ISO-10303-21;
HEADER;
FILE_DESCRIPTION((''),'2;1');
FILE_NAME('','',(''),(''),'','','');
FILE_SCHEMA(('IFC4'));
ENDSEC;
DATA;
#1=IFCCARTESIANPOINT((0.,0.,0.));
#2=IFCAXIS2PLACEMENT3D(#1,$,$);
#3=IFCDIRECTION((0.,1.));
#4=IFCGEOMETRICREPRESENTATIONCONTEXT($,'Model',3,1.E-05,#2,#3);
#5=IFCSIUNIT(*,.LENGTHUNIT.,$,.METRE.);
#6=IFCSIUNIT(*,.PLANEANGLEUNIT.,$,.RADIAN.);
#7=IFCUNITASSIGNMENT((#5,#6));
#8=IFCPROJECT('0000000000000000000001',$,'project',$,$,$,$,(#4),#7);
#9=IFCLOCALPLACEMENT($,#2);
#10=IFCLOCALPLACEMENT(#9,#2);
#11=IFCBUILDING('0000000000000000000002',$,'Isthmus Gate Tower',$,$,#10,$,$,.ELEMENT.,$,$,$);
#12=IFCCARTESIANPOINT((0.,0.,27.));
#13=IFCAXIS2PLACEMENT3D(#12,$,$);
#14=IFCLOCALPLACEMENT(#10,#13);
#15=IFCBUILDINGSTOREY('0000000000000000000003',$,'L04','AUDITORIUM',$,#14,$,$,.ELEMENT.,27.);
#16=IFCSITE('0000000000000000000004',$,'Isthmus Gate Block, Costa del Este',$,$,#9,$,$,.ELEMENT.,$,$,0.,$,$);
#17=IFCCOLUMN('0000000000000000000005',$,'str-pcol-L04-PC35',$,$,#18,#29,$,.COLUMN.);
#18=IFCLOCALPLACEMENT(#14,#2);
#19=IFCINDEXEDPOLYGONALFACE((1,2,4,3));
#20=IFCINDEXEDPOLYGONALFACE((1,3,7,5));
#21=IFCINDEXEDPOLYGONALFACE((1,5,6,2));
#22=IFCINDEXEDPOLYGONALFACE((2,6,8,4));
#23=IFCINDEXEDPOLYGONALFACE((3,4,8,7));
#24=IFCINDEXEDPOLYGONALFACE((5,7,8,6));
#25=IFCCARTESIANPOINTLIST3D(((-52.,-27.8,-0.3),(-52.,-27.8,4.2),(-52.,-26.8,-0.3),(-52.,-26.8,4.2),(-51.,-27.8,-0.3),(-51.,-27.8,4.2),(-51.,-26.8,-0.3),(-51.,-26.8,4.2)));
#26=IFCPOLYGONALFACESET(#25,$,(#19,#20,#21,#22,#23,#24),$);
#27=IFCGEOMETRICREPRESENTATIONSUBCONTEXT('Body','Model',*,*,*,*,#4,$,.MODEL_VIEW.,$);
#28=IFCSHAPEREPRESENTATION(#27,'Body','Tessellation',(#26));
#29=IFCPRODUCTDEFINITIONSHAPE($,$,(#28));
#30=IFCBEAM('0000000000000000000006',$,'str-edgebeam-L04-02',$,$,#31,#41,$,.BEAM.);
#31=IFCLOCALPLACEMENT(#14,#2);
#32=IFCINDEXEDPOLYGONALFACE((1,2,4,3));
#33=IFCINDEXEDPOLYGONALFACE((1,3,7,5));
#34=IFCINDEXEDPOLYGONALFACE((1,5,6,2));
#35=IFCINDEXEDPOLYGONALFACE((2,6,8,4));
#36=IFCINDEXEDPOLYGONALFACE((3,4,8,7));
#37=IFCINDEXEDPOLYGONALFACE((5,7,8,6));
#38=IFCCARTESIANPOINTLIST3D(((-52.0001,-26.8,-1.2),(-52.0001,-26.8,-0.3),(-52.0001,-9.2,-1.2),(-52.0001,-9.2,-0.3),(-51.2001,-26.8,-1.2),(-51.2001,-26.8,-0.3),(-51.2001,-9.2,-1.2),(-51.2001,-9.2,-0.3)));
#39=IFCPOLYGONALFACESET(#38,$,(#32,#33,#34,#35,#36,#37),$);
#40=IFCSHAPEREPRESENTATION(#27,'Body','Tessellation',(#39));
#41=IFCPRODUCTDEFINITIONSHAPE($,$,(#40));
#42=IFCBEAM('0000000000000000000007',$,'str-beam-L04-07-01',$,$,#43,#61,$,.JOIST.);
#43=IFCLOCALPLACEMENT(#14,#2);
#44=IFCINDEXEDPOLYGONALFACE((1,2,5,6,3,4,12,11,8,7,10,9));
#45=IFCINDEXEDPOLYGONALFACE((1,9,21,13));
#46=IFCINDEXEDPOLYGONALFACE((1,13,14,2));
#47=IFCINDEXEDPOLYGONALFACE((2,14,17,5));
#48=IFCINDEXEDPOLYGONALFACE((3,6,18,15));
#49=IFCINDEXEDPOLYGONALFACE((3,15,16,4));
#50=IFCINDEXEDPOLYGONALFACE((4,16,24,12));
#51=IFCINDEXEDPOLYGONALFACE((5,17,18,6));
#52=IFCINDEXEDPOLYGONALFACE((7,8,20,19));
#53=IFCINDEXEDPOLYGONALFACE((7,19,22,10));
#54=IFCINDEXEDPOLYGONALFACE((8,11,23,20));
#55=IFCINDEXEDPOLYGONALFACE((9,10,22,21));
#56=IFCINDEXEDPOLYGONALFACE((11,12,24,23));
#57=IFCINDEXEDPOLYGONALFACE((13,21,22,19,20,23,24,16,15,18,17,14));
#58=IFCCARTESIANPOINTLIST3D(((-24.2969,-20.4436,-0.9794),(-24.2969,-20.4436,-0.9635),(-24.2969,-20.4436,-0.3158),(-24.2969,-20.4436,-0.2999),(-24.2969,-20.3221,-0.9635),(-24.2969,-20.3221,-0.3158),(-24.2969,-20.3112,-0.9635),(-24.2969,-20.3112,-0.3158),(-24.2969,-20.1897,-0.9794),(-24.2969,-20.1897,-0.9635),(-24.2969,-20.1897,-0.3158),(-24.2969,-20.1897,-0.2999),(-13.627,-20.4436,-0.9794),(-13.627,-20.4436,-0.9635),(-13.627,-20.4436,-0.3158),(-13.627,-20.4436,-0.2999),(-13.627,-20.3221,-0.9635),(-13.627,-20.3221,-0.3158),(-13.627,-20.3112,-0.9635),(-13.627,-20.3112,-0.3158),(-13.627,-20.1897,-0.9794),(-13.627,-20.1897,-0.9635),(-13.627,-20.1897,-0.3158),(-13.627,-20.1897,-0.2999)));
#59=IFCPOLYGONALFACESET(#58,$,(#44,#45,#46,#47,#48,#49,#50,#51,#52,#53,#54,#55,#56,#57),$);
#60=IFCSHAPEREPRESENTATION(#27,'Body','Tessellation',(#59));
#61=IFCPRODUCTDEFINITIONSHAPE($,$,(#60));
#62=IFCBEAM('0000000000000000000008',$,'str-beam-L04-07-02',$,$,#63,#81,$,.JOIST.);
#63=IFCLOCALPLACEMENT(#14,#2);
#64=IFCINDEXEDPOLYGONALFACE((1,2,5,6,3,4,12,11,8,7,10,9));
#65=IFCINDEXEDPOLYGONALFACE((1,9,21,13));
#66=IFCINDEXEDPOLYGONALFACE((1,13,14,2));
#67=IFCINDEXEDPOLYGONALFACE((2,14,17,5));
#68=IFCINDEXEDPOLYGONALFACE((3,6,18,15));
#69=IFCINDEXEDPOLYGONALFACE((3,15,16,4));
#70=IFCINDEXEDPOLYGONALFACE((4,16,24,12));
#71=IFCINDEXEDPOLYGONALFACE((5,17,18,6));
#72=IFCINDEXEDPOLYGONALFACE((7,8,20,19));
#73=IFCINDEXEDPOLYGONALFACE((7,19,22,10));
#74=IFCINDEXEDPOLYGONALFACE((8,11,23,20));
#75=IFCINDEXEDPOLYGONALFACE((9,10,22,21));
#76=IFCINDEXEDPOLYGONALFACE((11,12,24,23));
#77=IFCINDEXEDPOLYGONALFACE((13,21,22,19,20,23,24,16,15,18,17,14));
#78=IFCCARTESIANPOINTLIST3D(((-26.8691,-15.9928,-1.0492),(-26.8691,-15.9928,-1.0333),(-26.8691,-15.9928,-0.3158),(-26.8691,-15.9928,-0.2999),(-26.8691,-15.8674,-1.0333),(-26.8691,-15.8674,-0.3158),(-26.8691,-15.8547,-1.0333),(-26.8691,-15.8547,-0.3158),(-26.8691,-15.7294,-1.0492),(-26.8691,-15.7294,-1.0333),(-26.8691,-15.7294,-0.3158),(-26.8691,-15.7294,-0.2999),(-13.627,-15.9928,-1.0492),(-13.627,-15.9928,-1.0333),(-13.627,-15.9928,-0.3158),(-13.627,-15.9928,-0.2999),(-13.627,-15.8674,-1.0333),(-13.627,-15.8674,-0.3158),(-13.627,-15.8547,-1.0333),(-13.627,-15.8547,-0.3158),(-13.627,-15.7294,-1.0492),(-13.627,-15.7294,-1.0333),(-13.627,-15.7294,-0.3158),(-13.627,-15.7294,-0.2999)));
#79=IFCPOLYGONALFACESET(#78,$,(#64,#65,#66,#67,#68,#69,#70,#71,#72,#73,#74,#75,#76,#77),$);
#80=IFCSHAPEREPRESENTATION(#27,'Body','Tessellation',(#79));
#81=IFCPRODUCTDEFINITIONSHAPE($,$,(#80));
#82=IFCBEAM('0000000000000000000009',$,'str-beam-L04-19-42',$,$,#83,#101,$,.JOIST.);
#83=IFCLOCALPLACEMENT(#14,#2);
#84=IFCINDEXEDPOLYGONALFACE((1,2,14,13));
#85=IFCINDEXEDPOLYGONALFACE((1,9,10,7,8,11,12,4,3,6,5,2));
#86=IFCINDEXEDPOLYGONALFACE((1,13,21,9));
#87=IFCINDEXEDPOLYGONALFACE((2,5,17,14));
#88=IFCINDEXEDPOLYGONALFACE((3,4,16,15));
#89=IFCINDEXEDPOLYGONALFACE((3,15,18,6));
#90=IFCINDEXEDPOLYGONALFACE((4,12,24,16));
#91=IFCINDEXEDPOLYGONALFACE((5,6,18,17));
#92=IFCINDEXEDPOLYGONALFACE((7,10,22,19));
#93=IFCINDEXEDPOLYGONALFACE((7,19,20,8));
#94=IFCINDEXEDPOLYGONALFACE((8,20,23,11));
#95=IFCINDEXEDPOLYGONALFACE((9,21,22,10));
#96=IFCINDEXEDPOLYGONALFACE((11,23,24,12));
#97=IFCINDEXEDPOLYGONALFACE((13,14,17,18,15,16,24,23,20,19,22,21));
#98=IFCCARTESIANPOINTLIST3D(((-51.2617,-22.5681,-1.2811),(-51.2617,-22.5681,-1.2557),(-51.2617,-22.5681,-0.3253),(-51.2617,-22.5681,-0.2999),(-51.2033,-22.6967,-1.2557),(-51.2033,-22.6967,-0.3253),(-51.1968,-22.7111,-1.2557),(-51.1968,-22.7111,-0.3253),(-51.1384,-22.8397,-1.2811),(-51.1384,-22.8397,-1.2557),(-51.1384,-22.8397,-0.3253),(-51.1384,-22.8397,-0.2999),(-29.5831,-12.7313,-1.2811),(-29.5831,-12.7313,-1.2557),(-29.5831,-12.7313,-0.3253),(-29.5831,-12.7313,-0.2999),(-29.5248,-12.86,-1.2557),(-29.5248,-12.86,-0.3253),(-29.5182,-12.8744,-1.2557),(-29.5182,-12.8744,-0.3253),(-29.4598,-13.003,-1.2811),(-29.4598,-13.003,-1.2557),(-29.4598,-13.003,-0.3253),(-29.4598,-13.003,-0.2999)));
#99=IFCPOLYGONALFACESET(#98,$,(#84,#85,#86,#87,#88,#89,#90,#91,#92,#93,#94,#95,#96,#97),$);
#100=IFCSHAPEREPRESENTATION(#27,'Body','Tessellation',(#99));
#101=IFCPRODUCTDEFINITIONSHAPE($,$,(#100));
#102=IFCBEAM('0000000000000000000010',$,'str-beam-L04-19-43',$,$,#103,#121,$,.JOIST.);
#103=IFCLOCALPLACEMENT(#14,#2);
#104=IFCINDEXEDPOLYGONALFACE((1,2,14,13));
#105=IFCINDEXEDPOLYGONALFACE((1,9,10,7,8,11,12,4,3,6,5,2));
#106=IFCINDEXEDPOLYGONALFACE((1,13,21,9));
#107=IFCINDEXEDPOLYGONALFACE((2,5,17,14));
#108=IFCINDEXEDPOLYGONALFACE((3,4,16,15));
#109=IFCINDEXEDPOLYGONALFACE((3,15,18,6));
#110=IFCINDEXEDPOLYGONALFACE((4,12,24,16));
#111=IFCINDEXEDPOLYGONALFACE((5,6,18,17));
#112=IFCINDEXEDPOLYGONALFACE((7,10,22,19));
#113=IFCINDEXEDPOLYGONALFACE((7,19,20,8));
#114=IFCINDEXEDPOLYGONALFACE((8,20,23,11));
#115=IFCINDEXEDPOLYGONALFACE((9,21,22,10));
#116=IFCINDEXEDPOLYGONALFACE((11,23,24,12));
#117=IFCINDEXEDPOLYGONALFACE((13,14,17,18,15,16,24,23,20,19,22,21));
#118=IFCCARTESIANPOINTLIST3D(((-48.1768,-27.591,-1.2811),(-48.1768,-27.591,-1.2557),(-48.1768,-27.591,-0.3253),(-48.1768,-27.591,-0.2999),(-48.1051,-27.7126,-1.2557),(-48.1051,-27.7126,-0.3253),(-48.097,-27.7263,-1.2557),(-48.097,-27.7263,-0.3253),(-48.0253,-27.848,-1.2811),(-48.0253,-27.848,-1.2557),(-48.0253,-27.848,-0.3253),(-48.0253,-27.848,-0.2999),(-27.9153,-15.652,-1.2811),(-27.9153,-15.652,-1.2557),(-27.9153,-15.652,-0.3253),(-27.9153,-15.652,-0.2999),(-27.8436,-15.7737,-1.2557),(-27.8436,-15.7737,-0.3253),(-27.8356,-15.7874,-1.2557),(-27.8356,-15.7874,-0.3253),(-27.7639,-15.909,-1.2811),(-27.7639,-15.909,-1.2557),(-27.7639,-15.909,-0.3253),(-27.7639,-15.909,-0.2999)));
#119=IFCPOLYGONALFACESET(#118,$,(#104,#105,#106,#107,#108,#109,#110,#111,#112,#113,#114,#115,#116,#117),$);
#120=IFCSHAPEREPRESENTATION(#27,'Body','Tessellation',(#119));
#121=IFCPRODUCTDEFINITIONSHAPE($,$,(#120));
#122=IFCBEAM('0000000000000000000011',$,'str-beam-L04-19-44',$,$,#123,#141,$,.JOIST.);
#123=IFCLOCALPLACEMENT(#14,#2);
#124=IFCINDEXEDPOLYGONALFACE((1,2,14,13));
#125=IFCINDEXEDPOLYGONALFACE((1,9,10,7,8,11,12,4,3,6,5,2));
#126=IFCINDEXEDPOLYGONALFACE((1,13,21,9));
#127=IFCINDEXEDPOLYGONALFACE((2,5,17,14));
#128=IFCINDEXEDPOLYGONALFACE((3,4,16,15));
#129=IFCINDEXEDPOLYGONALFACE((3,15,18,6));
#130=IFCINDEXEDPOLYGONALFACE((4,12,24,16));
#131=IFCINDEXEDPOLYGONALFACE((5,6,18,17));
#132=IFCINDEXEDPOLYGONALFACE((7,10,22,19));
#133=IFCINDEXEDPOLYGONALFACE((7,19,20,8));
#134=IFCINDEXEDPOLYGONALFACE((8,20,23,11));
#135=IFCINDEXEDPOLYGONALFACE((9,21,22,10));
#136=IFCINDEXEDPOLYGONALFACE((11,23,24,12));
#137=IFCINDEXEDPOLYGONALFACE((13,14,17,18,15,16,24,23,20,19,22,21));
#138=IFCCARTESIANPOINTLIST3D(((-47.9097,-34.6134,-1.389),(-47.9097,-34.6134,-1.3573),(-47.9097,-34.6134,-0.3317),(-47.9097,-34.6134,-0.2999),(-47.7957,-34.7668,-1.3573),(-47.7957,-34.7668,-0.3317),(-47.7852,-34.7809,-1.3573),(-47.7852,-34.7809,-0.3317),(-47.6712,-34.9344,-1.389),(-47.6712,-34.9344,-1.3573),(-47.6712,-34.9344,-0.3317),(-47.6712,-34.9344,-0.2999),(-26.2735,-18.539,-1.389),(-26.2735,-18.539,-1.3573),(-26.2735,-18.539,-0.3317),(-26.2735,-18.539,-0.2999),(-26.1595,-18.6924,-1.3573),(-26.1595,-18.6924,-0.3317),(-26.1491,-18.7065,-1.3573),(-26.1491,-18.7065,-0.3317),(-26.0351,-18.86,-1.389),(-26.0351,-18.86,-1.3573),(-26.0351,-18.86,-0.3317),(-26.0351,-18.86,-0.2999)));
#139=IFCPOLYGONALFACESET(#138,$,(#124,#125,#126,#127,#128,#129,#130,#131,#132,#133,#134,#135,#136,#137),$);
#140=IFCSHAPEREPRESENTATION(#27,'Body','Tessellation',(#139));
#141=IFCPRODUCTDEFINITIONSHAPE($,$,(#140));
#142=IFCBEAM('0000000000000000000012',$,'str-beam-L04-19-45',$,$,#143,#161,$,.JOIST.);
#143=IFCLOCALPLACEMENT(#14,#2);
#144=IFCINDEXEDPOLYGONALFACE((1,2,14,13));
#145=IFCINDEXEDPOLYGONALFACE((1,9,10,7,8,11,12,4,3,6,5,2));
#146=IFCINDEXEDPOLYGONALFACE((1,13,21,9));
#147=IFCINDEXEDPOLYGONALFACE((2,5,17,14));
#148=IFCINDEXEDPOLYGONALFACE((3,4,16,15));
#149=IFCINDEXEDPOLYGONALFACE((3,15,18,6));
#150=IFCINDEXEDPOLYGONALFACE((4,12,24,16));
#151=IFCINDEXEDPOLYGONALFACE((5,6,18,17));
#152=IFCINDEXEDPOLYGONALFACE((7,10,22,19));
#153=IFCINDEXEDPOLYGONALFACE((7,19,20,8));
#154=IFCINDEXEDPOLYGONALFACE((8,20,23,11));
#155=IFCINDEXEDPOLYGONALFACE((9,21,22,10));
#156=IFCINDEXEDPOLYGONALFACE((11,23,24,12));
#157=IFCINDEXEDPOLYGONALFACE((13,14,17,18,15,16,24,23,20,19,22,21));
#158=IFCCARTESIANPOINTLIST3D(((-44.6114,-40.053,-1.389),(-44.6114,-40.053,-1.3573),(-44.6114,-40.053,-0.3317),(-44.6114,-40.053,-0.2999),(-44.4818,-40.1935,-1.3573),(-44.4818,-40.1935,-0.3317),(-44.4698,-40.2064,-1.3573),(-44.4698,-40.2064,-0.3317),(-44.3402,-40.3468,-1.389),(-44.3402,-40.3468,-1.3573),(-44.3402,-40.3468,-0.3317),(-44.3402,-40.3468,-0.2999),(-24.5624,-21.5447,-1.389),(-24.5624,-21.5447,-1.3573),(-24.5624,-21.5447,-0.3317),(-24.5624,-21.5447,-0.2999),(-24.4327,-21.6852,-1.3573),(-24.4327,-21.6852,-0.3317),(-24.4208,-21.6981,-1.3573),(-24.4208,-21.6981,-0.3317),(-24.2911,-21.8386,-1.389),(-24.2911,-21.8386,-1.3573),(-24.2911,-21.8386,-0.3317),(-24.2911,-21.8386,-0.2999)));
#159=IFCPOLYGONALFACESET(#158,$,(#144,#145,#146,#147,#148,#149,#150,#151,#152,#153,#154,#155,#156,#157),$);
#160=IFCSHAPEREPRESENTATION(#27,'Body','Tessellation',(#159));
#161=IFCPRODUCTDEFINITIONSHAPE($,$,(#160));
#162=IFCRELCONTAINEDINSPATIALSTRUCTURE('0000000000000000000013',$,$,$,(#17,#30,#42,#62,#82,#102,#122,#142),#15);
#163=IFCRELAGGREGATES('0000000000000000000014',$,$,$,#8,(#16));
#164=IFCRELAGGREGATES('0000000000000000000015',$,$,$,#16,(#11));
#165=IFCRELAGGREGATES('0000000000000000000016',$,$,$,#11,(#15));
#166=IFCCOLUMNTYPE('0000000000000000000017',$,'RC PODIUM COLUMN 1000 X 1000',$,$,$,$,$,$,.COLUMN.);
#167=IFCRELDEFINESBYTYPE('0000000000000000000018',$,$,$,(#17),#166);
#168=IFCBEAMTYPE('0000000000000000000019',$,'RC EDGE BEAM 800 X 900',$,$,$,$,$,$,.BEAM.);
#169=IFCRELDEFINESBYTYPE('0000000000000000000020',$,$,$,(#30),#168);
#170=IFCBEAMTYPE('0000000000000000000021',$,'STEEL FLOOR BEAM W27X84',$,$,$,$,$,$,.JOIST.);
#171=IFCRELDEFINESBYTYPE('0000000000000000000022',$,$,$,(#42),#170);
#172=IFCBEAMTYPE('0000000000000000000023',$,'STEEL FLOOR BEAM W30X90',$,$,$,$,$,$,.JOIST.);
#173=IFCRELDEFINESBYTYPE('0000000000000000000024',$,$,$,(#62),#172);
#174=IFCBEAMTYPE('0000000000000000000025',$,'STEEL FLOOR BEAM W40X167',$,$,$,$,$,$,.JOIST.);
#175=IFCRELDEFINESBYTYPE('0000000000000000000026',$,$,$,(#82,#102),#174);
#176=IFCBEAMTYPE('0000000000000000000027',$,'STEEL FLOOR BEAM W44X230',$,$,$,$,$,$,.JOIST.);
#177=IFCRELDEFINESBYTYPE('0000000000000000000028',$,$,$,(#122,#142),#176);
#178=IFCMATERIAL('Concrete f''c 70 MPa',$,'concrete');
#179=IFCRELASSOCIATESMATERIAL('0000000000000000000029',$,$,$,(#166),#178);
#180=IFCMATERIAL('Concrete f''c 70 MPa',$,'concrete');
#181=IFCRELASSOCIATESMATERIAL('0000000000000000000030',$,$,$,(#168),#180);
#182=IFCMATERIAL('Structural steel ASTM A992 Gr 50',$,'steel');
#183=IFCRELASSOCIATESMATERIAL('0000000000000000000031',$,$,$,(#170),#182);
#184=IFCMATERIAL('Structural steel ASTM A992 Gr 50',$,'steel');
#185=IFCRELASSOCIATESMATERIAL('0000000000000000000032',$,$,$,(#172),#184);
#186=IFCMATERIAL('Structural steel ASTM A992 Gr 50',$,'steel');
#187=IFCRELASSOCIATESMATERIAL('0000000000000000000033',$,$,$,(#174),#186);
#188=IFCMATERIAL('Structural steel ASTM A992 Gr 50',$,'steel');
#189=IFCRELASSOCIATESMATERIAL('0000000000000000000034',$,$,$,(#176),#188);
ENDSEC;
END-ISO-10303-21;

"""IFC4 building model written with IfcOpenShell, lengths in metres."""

from ifc_helpers import new_model, si_unit, direction, frame, origin, origin_2d, place, context, subcontext, project, spatial, rectangle, i_section, extrude, material, material_profile, profile_set, type_object, element, save


model = new_model("IFC4")

# Units and contexts
model_context = context("Model", 3, precision=1e-05, world=origin(), true_north=direction((0.0, 1.0)))
body_context = subcontext(model_context, "Body", "Model", "MODEL_VIEW")
ifc_project = project(units=[si_unit("LENGTHUNIT", "METRE"), si_unit("PLANEANGLEUNIT", "RADIAN")], contexts=[model_context])

# Site, building, storey
site_placement = place(None, origin())
site = spatial("IfcSite", under=ifc_project, at=site_placement, Name="Isthmus Gate Block, Costa del Este", CompositionType="ELEMENT", RefElevation=0.0)
building_placement = place(site_placement, origin())
building = spatial("IfcBuilding", under=site, at=building_placement, Name="Isthmus Gate Tower", CompositionType="ELEMENT")
storey_placement = place(building_placement, frame((0.0, 0.0, 27.0)))
storey = spatial("IfcBuildingStorey", under=building, at=storey_placement, Name="L04", Description="AUDITORIUM", CompositionType="ELEMENT", Elevation=27.0)

# Column
ifc_material_1 = material(Name="Concrete f'c 70 MPa", Category="concrete")
ifc_material_profile_1 = material_profile(ifc_material_1, rectangle(XDim=1.0, YDim=1.0, at=origin_2d()), Name="RC 1000X1000")
ifc_profile_set_1 = profile_set([ifc_material_profile_1], Name="Concrete f'c 70 MPa")
column_type = type_object("IfcColumnType", Name="RC PODIUM COLUMN 1000 X 1000", PredefinedType="COLUMN", material=ifc_profile_set_1)
column_placement = place(storey_placement, frame((-51.5, -27.3, -0.3), z_axis=(0.0, 0.0, 1.0), x_axis=(0.0, 1.0, 0.0)))
element("IfcColumn", 1, at=column_placement, inside=storey, type_object=column_type, Name="str-pcol-L04-PC35", PredefinedType="COLUMN", context=body_context, shape_type="SweptSolid", body=[
    extrude(rectangle(XDim=1.0, YDim=1.0, at=origin_2d()), origin(), (0.0, 0.0, 1.0), 4.5),
])

# Beams
ifc_material_2 = material(Name="Concrete f'c 70 MPa", Category="concrete")
ifc_material_profile_2 = material_profile(ifc_material_2, rectangle(XDim=0.8, YDim=0.8999, at=origin_2d()), Name="RC 800X900")
ifc_profile_set_2 = profile_set([ifc_material_profile_2], Name="Concrete f'c 70 MPa")
beam_type_1 = type_object("IfcBeamType", Name="RC EDGE BEAM 800 X 900", PredefinedType="BEAM", material=ifc_profile_set_2)
beam_1_placement = place(storey_placement, frame((-51.6001, -26.8, -0.75), z_axis=(0.0, 1.0, 0.0), x_axis=(-1.0, 0.0, 0.0)))
element("IfcBeam", 2, at=beam_1_placement, inside=storey, type_object=beam_type_1, Name="str-edgebeam-L04-02", PredefinedType="BEAM", context=body_context, shape_type="SweptSolid", body=[
    extrude(rectangle(XDim=0.8, YDim=0.8999, at=origin_2d()), origin(), (0.0, 0.0, 1.0), 17.6001),
])
ifc_material_3 = material(Name="Structural steel ASTM A992 Gr 50", Category="steel")
ifc_material_profile_3 = material_profile(ifc_material_3, i_section(OverallWidth=0.2539, OverallDepth=0.6794, WebThickness=0.011, FlangeThickness=0.0159, at=origin_2d()), Name="W27X84")
ifc_profile_set_3 = profile_set([ifc_material_profile_3], Name="Structural steel ASTM A992 Gr 50")
beam_type_2 = type_object("IfcBeamType", Name="STEEL FLOOR BEAM W27X84", PredefinedType="JOIST", material=ifc_profile_set_3)
beam_2_placement = place(storey_placement, frame((-24.2969, -20.3167, -0.6396), z_axis=(1.0, 0.0, 0.0), x_axis=(0.0, 1.0, 0.0)))
element("IfcBeam", 3, at=beam_2_placement, inside=storey, type_object=beam_type_2, Name="str-beam-L04-07-01", PredefinedType="JOIST", context=body_context, shape_type="SweptSolid", body=[
    extrude(i_section(OverallWidth=0.2539, OverallDepth=0.6794, WebThickness=0.011, FlangeThickness=0.0159, at=origin_2d()), origin(), (0.0, 0.0, 1.0), 10.6699),
])
ifc_material_4 = material(Name="Structural steel ASTM A992 Gr 50", Category="steel")
ifc_material_profile_4 = material_profile(ifc_material_4, i_section(OverallWidth=0.2634, OverallDepth=0.7493, WebThickness=0.0127, FlangeThickness=0.0159, at=origin_2d()), Name="W30X90")
ifc_profile_set_4 = profile_set([ifc_material_profile_4], Name="Structural steel ASTM A992 Gr 50")
beam_type_3 = type_object("IfcBeamType", Name="STEEL FLOOR BEAM W30X90", PredefinedType="JOIST", material=ifc_profile_set_4)
beam_3_placement = place(storey_placement, frame((-26.8691, -15.8611, -0.6746), z_axis=(1.0, 0.0, 0.0), x_axis=(0.0, 1.0, 0.0)))
element("IfcBeam", 4, at=beam_3_placement, inside=storey, type_object=beam_type_3, Name="str-beam-L04-07-02", PredefinedType="JOIST", context=body_context, shape_type="SweptSolid", body=[
    extrude(i_section(OverallWidth=0.2634, OverallDepth=0.7493, WebThickness=0.0127, FlangeThickness=0.0159, at=origin_2d()), origin(), (0.0, 0.0, 1.0), 13.2422),
])
ifc_material_5 = material(Name="Structural steel ASTM A992 Gr 50", Category="steel")
ifc_material_profile_5 = material_profile(ifc_material_5, i_section(OverallWidth=0.2983, OverallDepth=0.9812, WebThickness=0.0159, FlangeThickness=0.0254, at=origin_2d()), Name="W40X167")
ifc_profile_set_5 = profile_set([ifc_material_profile_5], Name="Structural steel ASTM A992 Gr 50")
beam_type_4 = type_object("IfcBeamType", Name="STEEL FLOOR BEAM W40X167", PredefinedType="JOIST", material=ifc_profile_set_5)
beam_4_placement = place(storey_placement, frame((-29.5215, -12.8672, -0.7905), z_axis=(-0.910638, -0.413205, 0.0), x_axis=(0.413205, -0.910638, 0.0)))
element("IfcBeam", 5, at=beam_4_placement, inside=storey, type_object=beam_type_4, Name="str-beam-L04-19-42", PredefinedType="JOIST", context=body_context, shape_type="SweptSolid", body=[
    extrude(i_section(OverallWidth=0.2983, OverallDepth=0.9812, WebThickness=0.0159, FlangeThickness=0.0254, at=origin_2d()), origin(), (0.0, 0.0, 1.0), 23.8059),
])
beam_5_placement = place(storey_placement, frame((-27.8396, -15.7805, -0.7905), z_axis=(-0.861554, -0.507666, 0.0), x_axis=(0.507666, -0.861554, 0.0)))
element("IfcBeam", 6, at=beam_5_placement, inside=storey, type_object=beam_type_4, Name="str-beam-L04-19-43", PredefinedType="JOIST", context=body_context, shape_type="SweptSolid", body=[
    extrude(i_section(OverallWidth=0.2983, OverallDepth=0.9812, WebThickness=0.0159, FlangeThickness=0.0254, at=origin_2d()), origin(), (0.0, 0.0, 1.0), 23.5173),
])
ifc_material_6 = material(Name="Structural steel ASTM A992 Gr 50", Category="steel")
ifc_material_profile_6 = material_profile(ifc_material_6, i_section(OverallWidth=0.3999, OverallDepth=1.0891, WebThickness=0.0176, FlangeThickness=0.0317, at=origin_2d()), Name="W44X230")
ifc_profile_set_6 = profile_set([ifc_material_profile_6], Name="Structural steel ASTM A992 Gr 50")
beam_type_5 = type_object("IfcBeamType", Name="STEEL FLOOR BEAM W44X230", PredefinedType="JOIST", material=ifc_profile_set_6)
beam_6_placement = place(storey_placement, frame((-26.1543, -18.6995, -0.8445), z_axis=(-0.802711, -0.596368, 0.0), x_axis=(0.596368, -0.802711, 0.0)))
element("IfcBeam", 7, at=beam_6_placement, inside=storey, type_object=beam_type_5, Name="str-beam-L04-19-44", PredefinedType="JOIST", context=body_context, shape_type="SweptSolid", body=[
    extrude(i_section(OverallWidth=0.3999, OverallDepth=1.0891, WebThickness=0.0176, FlangeThickness=0.0317, at=origin_2d()), origin(), (0.0, 0.0, 1.0), 26.9539),
])
beam_7_placement = place(storey_placement, frame((-24.4268, -21.6917, -0.8445), z_axis=(-0.734777, -0.678309, 0.0), x_axis=(0.678309, -0.734777, 0.0)))
element("IfcBeam", 8, at=beam_7_placement, inside=storey, type_object=beam_type_5, Name="str-beam-L04-19-45", PredefinedType="JOIST", context=body_context, shape_type="SweptSolid", body=[
    extrude(i_section(OverallWidth=0.3999, OverallDepth=1.0891, WebThickness=0.0176, FlangeThickness=0.0317, at=origin_2d()), origin(), (0.0, 0.0, 1.0), 27.2859),
])

save(model, "model.ifc")
